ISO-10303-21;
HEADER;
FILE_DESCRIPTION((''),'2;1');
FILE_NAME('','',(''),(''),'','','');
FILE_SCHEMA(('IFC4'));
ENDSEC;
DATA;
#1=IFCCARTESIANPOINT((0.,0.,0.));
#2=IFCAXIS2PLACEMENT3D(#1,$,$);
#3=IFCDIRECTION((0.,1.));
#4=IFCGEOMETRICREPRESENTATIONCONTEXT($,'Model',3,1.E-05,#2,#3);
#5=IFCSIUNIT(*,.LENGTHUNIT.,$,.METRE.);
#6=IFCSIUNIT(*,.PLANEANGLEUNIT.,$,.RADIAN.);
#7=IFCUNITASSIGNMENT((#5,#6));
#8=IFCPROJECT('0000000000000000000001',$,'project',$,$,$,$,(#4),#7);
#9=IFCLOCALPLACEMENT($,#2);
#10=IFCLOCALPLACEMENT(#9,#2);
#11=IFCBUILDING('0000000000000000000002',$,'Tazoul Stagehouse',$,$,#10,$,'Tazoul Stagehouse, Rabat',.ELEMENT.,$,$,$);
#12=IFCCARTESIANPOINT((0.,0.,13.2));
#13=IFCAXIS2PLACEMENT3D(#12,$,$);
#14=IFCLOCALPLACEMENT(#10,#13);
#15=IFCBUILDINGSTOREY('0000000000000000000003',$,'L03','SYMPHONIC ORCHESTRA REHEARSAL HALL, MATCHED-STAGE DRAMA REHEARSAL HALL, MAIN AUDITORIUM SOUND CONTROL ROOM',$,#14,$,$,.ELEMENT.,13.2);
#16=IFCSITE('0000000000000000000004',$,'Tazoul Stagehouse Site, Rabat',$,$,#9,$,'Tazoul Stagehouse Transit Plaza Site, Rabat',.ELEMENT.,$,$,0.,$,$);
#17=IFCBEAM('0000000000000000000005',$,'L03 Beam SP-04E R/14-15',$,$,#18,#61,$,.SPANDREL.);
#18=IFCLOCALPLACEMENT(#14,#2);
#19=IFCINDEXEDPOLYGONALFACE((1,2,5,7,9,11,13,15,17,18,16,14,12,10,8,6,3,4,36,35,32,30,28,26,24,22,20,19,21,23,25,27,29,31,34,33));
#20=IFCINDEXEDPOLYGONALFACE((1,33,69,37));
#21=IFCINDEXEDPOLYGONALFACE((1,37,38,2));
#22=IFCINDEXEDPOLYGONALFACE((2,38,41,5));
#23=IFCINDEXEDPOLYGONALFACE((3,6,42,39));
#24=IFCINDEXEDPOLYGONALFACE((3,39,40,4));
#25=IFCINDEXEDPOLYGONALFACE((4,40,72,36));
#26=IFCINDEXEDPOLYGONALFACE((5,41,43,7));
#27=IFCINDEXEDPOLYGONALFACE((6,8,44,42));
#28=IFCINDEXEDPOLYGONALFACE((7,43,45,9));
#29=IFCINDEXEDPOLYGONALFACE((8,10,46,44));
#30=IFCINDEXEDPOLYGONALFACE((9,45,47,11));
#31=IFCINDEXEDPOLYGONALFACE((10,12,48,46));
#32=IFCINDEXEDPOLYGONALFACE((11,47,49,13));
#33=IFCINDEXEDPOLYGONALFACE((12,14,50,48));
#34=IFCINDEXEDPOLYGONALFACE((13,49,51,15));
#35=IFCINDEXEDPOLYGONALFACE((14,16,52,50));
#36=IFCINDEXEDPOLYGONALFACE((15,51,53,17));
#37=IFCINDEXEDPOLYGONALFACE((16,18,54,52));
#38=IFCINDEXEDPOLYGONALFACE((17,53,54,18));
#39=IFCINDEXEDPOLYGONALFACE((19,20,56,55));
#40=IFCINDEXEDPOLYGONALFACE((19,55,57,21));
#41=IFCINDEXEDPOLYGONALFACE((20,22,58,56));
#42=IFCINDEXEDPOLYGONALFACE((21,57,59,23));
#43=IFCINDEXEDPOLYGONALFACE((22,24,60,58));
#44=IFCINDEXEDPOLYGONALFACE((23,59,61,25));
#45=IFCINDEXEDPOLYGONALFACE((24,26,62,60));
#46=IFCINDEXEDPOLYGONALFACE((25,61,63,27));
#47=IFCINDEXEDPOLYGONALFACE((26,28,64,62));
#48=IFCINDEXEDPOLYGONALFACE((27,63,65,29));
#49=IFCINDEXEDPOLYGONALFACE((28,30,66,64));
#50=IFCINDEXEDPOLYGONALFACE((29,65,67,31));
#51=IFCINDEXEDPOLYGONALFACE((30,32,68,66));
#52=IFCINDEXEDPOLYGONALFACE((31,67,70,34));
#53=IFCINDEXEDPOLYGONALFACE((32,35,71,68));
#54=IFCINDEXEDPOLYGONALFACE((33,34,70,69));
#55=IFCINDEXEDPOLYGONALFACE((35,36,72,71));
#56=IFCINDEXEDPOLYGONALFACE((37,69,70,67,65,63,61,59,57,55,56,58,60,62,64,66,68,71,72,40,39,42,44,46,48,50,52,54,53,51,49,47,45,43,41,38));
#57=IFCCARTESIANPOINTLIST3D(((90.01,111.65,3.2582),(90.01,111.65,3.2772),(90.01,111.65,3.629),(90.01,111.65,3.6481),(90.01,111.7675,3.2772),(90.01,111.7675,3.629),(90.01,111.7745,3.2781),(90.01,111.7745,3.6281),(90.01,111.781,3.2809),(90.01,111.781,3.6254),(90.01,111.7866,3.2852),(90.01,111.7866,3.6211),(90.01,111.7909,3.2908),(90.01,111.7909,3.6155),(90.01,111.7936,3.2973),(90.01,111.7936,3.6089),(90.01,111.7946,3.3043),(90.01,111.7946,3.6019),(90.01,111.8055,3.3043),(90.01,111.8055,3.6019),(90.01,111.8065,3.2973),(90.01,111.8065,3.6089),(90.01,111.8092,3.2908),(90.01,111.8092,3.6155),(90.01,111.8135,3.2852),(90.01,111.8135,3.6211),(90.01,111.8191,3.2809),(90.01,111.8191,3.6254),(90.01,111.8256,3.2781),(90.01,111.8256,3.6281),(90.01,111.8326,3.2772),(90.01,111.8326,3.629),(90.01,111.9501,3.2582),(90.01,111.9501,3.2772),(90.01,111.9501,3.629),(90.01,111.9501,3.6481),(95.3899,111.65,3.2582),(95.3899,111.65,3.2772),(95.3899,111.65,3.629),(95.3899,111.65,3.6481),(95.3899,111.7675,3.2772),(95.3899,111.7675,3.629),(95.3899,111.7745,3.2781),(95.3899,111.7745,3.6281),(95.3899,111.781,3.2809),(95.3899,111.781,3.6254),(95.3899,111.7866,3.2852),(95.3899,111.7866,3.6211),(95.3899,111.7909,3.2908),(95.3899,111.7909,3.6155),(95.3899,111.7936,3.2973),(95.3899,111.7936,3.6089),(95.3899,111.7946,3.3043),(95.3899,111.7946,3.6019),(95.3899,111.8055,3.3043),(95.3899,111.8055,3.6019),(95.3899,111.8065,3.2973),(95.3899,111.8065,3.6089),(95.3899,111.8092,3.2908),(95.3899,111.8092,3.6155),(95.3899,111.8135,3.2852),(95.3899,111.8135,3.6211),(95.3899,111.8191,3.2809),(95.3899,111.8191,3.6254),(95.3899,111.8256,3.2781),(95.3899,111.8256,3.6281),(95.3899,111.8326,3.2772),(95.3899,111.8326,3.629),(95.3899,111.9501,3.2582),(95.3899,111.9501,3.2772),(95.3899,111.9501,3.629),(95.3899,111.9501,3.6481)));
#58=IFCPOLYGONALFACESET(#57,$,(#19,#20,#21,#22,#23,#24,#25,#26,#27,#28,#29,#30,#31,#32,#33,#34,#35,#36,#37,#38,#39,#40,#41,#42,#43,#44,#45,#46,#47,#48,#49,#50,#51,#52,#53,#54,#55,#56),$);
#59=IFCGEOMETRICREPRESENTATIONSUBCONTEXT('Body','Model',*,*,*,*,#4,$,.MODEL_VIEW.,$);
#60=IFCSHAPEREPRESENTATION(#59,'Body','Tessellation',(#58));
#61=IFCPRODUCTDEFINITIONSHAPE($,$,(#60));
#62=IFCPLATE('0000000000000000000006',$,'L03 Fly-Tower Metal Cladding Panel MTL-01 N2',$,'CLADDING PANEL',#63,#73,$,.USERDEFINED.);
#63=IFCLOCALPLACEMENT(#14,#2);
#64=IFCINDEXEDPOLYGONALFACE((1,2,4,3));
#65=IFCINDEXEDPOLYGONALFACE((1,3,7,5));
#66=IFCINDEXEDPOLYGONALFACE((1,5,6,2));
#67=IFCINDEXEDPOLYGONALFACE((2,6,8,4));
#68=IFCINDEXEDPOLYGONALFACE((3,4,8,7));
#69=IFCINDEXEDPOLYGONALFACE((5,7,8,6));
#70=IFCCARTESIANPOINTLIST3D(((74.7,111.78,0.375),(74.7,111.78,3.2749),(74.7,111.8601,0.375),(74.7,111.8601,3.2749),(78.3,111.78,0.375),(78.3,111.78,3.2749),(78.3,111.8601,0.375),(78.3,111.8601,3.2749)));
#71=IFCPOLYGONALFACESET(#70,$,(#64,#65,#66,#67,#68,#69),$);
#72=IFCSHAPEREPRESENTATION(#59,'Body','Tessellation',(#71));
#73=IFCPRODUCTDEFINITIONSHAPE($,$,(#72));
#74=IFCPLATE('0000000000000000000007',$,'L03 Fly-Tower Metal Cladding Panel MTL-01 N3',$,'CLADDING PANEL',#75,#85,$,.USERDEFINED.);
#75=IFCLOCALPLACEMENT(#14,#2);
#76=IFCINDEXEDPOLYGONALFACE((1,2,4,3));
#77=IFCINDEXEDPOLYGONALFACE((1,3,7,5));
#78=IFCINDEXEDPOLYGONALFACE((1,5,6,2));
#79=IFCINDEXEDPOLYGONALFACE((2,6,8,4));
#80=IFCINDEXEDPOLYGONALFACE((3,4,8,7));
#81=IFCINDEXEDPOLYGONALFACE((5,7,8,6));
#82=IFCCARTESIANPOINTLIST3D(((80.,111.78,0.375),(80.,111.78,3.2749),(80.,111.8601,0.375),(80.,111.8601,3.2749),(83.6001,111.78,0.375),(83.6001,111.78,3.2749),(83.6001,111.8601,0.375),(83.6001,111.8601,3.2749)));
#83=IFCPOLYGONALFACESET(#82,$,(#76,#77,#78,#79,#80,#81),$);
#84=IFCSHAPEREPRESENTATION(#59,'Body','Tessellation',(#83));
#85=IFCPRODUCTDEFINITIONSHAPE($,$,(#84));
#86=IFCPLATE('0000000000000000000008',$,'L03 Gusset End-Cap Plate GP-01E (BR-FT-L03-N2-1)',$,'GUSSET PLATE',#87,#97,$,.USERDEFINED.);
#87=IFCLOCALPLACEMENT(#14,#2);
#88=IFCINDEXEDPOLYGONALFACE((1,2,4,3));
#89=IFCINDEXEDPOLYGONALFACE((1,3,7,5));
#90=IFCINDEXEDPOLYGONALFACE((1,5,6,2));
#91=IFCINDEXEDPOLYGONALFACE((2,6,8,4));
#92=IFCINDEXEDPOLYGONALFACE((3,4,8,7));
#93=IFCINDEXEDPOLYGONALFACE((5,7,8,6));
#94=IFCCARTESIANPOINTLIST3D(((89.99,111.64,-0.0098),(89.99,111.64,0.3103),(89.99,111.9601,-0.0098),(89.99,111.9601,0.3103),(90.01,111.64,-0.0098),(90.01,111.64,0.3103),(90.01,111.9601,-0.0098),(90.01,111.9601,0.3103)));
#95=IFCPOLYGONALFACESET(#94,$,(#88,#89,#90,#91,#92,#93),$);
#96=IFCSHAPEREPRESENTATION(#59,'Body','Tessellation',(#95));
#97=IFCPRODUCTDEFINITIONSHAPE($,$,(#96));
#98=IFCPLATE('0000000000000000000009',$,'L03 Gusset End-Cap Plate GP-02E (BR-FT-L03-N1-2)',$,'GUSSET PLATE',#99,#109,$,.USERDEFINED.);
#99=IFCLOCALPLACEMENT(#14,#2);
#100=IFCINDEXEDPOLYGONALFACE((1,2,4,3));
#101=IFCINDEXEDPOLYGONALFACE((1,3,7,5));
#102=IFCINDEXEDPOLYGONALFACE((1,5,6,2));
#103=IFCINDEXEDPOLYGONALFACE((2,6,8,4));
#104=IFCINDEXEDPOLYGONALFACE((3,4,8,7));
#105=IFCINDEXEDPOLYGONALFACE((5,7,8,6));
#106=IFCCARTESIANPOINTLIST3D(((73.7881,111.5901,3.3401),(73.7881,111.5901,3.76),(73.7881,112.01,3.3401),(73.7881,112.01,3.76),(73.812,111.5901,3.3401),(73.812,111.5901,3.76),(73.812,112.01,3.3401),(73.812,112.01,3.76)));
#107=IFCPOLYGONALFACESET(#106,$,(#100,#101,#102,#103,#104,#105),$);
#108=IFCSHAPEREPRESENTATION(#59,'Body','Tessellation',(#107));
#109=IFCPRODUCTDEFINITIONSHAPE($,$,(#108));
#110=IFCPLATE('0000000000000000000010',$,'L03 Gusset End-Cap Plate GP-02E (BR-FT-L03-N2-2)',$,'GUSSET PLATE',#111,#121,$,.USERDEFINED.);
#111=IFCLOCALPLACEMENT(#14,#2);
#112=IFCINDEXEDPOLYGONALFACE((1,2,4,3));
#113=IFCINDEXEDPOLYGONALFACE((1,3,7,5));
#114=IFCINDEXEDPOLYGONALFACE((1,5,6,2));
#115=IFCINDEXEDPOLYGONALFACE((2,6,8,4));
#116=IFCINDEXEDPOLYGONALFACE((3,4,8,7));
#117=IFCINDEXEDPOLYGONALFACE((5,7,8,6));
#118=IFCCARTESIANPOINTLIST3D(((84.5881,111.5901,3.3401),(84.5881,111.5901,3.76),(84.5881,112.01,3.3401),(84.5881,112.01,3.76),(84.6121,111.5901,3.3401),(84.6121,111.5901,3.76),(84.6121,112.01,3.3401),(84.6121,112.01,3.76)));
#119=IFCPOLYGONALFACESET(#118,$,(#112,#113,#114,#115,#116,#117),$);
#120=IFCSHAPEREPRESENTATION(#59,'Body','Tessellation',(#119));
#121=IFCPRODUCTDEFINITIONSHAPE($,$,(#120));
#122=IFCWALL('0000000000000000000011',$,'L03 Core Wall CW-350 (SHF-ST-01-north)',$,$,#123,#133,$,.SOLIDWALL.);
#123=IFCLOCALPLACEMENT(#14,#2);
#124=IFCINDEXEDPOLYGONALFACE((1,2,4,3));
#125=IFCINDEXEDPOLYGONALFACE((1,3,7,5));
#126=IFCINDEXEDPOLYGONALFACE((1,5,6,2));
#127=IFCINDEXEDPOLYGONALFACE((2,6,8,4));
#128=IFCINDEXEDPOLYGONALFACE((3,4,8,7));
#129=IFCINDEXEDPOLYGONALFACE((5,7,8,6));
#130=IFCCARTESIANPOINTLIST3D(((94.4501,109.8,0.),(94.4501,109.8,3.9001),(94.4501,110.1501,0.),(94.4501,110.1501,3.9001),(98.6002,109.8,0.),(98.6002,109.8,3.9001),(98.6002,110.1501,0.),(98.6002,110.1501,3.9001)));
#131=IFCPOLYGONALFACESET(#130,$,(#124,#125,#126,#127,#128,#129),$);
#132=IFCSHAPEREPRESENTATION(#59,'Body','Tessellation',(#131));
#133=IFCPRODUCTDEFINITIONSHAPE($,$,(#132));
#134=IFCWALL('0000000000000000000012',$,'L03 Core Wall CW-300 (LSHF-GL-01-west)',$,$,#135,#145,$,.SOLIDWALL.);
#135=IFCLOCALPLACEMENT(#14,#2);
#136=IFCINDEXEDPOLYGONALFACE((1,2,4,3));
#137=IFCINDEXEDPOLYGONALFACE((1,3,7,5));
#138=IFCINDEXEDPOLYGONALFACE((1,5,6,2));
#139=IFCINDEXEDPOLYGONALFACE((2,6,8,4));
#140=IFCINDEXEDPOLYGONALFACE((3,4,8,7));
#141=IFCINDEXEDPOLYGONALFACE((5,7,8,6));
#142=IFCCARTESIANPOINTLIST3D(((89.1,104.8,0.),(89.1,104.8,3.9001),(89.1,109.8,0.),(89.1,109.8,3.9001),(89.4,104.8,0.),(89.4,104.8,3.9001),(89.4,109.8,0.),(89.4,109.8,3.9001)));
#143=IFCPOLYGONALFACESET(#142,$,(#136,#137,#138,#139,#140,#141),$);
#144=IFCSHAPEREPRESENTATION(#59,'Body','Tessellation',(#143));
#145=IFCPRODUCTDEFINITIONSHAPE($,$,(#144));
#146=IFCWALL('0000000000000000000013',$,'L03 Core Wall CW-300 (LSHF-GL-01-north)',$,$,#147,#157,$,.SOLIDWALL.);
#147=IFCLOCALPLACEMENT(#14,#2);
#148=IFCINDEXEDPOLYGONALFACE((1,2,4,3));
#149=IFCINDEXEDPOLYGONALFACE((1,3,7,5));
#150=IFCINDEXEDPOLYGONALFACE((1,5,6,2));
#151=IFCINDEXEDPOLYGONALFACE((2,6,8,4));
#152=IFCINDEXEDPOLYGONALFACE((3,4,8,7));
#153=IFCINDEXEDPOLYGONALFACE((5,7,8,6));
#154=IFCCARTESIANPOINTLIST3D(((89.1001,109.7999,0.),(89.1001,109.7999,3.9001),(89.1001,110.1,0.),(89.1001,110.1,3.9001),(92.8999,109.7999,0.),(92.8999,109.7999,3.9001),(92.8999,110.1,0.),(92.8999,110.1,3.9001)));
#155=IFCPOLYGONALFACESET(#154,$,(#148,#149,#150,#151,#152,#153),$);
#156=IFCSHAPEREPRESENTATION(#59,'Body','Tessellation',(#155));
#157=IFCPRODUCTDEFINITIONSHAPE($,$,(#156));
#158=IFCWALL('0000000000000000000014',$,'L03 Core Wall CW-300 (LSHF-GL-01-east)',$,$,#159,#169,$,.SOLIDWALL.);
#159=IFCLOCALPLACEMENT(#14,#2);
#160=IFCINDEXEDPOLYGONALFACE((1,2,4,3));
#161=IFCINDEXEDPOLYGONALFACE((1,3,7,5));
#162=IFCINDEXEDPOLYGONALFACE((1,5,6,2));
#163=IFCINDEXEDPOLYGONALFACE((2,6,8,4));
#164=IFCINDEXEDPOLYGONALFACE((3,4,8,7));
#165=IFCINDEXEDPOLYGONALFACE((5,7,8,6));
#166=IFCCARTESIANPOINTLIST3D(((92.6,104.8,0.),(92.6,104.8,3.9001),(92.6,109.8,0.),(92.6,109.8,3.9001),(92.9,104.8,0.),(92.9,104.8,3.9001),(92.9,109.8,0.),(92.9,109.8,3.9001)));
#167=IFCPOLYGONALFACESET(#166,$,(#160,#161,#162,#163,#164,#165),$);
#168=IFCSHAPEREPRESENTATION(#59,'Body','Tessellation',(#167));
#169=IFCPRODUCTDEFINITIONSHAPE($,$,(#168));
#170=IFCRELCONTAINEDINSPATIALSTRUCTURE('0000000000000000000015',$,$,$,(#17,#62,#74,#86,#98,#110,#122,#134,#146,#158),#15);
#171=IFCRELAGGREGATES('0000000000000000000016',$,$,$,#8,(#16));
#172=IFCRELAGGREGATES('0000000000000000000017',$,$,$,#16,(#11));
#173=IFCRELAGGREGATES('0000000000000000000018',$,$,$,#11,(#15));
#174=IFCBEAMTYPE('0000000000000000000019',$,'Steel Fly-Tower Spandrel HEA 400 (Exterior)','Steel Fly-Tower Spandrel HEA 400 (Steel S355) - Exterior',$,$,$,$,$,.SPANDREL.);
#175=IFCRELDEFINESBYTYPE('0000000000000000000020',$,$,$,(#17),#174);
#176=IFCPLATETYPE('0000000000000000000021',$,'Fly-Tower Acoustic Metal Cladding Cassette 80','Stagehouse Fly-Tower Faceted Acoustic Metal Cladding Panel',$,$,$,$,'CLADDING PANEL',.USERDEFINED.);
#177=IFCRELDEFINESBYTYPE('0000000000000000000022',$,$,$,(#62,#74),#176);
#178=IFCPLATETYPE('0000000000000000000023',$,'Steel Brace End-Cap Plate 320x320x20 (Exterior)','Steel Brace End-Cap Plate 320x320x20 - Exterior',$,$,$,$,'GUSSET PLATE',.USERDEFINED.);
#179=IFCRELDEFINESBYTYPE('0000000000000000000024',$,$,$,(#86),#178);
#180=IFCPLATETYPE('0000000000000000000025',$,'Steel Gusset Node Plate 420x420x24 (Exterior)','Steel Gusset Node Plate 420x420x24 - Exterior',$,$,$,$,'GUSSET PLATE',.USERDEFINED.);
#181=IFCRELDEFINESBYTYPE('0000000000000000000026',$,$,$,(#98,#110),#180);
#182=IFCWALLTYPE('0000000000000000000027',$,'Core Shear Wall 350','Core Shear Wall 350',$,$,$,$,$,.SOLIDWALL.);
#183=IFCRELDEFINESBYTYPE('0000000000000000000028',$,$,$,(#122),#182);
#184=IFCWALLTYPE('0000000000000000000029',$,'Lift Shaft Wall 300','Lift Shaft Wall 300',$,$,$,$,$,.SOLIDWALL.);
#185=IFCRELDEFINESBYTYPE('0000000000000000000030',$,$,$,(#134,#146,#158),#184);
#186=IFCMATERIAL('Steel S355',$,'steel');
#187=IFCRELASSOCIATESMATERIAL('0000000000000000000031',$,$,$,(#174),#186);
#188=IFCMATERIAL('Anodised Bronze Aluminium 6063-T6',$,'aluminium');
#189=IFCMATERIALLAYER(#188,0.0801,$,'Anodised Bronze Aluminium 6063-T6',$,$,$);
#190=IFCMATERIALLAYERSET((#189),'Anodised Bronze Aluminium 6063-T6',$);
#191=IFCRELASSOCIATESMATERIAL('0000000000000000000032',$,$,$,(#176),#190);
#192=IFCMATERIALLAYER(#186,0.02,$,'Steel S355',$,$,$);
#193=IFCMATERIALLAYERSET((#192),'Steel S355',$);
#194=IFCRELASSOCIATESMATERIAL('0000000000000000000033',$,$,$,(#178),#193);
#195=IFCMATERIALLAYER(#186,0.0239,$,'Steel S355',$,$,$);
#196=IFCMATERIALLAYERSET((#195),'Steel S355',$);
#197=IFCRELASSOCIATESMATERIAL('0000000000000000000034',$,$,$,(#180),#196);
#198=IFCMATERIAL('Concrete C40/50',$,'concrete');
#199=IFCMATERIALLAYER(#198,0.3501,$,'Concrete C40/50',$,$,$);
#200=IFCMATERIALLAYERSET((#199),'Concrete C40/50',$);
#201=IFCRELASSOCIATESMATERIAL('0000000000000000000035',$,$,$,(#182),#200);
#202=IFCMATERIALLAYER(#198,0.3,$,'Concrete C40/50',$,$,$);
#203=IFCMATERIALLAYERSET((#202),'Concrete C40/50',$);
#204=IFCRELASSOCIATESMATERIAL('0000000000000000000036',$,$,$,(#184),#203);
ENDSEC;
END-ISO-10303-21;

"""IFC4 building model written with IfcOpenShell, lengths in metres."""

from ifc_helpers import new_model, si_unit, direction, frame, frame_2d, origin, origin_2d, place, context, subcontext, project, spatial, rectangle, i_section, extrude, material, layer, layer_set, material_profile, profile_set, type_object, element, save


model = new_model("IFC4")

# Units and contexts
model_context = context("Model", 3, precision=1e-05, world=origin(), true_north=direction((0.0, 1.0)))
body_context = subcontext(model_context, "Body", "Model", "MODEL_VIEW")
ifc_project = project(units=[si_unit("LENGTHUNIT", "METRE"), si_unit("PLANEANGLEUNIT", "RADIAN")], contexts=[model_context])

# Site, building, storey
site_placement = place(None, origin())
site = spatial("IfcSite", under=ifc_project, at=site_placement, Name="Tazoul Stagehouse Site, Rabat", LongName="Tazoul Stagehouse Transit Plaza Site, Rabat", CompositionType="ELEMENT", RefElevation=0.0)
building_placement = place(site_placement, origin())
building = spatial("IfcBuilding", under=site, at=building_placement, Name="Tazoul Stagehouse", LongName="Tazoul Stagehouse, Rabat", CompositionType="ELEMENT")
storey_placement = place(building_placement, frame((0.0, 0.0, 13.2)))
storey = spatial("IfcBuildingStorey", under=building, at=storey_placement, Name="L03", Description="SYMPHONIC ORCHESTRA REHEARSAL HALL, MATCHED-STAGE DRAMA REHEARSAL HALL, MAIN AUDITORIUM SOUND CONTROL ROOM", CompositionType="ELEMENT", Elevation=13.2)

# Shared definitions
ifc_material_1 = material(Name="Steel S355", Category="steel")

# Beam
ifc_material_2 = material(Name="Concrete C40/50", Category="concrete")
ifc_material_profile_1 = material_profile(ifc_material_1, i_section(OverallWidth=0.3, OverallDepth=0.3899, WebThickness=0.011, FlangeThickness=0.019, FilletRadius=0.0271, at=origin_2d()), Name="HEA 400")
ifc_profile_set_1 = profile_set([ifc_material_profile_1], Name="Steel S355")
beam_type_1 = type_object("IfcBeamType", Name="Steel Fly-Tower Spandrel HEA 400 (Exterior)", Description="Steel Fly-Tower Spandrel HEA 400 (Steel S355) - Exterior", PredefinedType="SPANDREL", material=ifc_profile_set_1)
for number, where, z_axis, x_axis, name in (
    (1, (90.01, 111.8, 3.4531), (1.0, 0.0, 0.0), (0.0, 1.0, 0.0), "L03 Beam SP-04E R/14-15"),
):
    element("IfcBeam", number, at=place(storey_placement, frame(where, z_axis=z_axis, x_axis=x_axis)), inside=storey, type_object=beam_type_1, Name=name, PredefinedType="SPANDREL", context=body_context, shape_type="SweptSolid", body=[
        extrude(i_section(OverallWidth=0.3, OverallDepth=0.3899, WebThickness=0.011, FlangeThickness=0.019, FilletRadius=0.0271, at=origin_2d()), origin(), (0.0, 0.0, 1.0), 5.3799),
    ])

# Plates
ifc_material_3 = material(Name="Anodised Bronze Aluminium 6063-T6", Category="aluminium")
ifc_layer_1 = layer(ifc_material_3, 0.0801, Name="Anodised Bronze Aluminium 6063-T6")
ifc_layer_set_1 = layer_set([ifc_layer_1], Name="Anodised Bronze Aluminium 6063-T6")
plate_type_1 = type_object("IfcPlateType", Name="Fly-Tower Acoustic Metal Cladding Cassette 80", Description="Stagehouse Fly-Tower Faceted Acoustic Metal Cladding Panel", ElementType="CLADDING PANEL", PredefinedType="USERDEFINED", material=ifc_layer_set_1)
for number, where, z_axis, x_axis, name in (
    (2, (76.5, 111.8201, 0.375), (0.0, 0.0, 1.0), (1.0, 0.0, 0.0), "L03 Fly-Tower Metal Cladding Panel MTL-01 N2"),
    (3, (81.8, 111.8201, 0.375), (0.0, 0.0, 1.0), (1.0, 0.0, 0.0), "L03 Fly-Tower Metal Cladding Panel MTL-01 N3"),
):
    element("IfcPlate", number, at=place(storey_placement, frame(where, z_axis=z_axis, x_axis=x_axis)), inside=storey, type_object=plate_type_1, Name=name, ObjectType="CLADDING PANEL", PredefinedType="USERDEFINED", context=body_context, shape_type="SweptSolid", body=[
        extrude(rectangle(XDim=3.6001, YDim=0.0801, at=origin_2d()), origin(), (0.0, 0.0, 1.0), 2.8999),
    ])
ifc_layer_2 = layer(ifc_material_1, 0.02, Name="Steel S355")
ifc_layer_set_2 = layer_set([ifc_layer_2], Name="Steel S355")
plate_type_2 = type_object("IfcPlateType", Name="Steel Brace End-Cap Plate 320x320x20 (Exterior)", Description="Steel Brace End-Cap Plate 320x320x20 - Exterior", ElementType="GUSSET PLATE", PredefinedType="USERDEFINED", material=ifc_layer_set_2)
plate_placement = place(storey_placement, frame((90.0, 111.8, -0.0098), z_axis=(0.0, 0.0, 1.0), x_axis=(-1.0, 0.0, 0.0)))
element("IfcPlate", 4, at=plate_placement, inside=storey, type_object=plate_type_2, Name="L03 Gusset End-Cap Plate GP-01E (BR-FT-L03-N2-1)", ObjectType="GUSSET PLATE", PredefinedType="USERDEFINED", context=body_context, shape_type="SweptSolid", body=[
    extrude(rectangle(XDim=0.02, YDim=0.3201, at=origin_2d()), origin(), (0.0, 0.0, 1.0), 0.3201),
])
ifc_layer_3 = layer(ifc_material_1, 0.0239, Name="Steel S355")
ifc_layer_set_3 = layer_set([ifc_layer_3], Name="Steel S355")
plate_type_3 = type_object("IfcPlateType", Name="Steel Gusset Node Plate 420x420x24 (Exterior)", Description="Steel Gusset Node Plate 420x420x24 - Exterior", ElementType="GUSSET PLATE", PredefinedType="USERDEFINED", material=ifc_layer_set_3)
for number, where, z_axis, x_axis, name in (
    (5, (73.8, 111.8, 3.3401), (0.0, 0.0, 1.0), (1.0, 0.0, 0.0), "L03 Gusset End-Cap Plate GP-02E (BR-FT-L03-N1-2)"),
    (6, (84.6001, 111.8, 3.3401), (0.0, 0.0, 1.0), (-1.0, 0.0, 0.0), "L03 Gusset End-Cap Plate GP-02E (BR-FT-L03-N2-2)"),
):
    element("IfcPlate", number, at=place(storey_placement, frame(where, z_axis=z_axis, x_axis=x_axis)), inside=storey, type_object=plate_type_3, Name=name, ObjectType="GUSSET PLATE", PredefinedType="USERDEFINED", context=body_context, shape_type="SweptSolid", body=[
        extrude(rectangle(XDim=0.0239, YDim=0.4199, at=origin_2d()), origin(), (0.0, 0.0, 1.0), 0.4199),
    ])

# Wall
ifc_layer_4 = layer(ifc_material_2, 0.3501, Name="Concrete C40/50")
ifc_layer_set_4 = layer_set([ifc_layer_4], Name="Concrete C40/50")
wall_type_1 = type_object("IfcWallType", Name="Core Shear Wall 350", Description="Core Shear Wall 350", PredefinedType="SOLIDWALL", material=ifc_layer_set_4)
wall_1_placement = place(storey_placement, frame((94.45, 109.9751, 0.0), z_axis=(0.0, 0.0, 1.0), x_axis=(1.0, 0.0, 0.0)))
element("IfcWall", 7, at=wall_1_placement, inside=storey, type_object=wall_type_1, Name="L03 Core Wall CW-350 (SHF-ST-01-north)", PredefinedType="SOLIDWALL", context=body_context, shape_type="SweptSolid", body=[
    extrude(rectangle(XDim=4.1501, YDim=0.3501, at=frame_2d((2.0752, 0.0))), origin(), (0.0, 0.0, 1.0), 3.9001),
])

# Shared definitions
ifc_layer_5 = layer(ifc_material_2, 0.3, Name="Concrete C40/50")
ifc_layer_set_5 = layer_set([ifc_layer_5], Name="Concrete C40/50")
wall_type_2 = type_object("IfcWallType", Name="Lift Shaft Wall 300", Description="Lift Shaft Wall 300", PredefinedType="SOLIDWALL", material=ifc_layer_set_5)

# Walls
wall_2_placement = place(storey_placement, frame((89.25, 104.8, 0.0), z_axis=(0.0, 0.0, 1.0), x_axis=(0.0, 1.0, 0.0)))
element("IfcWall", 8, at=wall_2_placement, inside=storey, type_object=wall_type_2, Name="L03 Core Wall CW-300 (LSHF-GL-01-west)", PredefinedType="SOLIDWALL", context=body_context, shape_type="SweptSolid", body=[
    extrude(rectangle(XDim=5.0, YDim=0.3, at=frame_2d((2.5, 0.0))), origin(), (0.0, 0.0, 1.0), 3.9001),
])
wall_3_placement = place(storey_placement, frame((89.1001, 109.95, 0.0), z_axis=(0.0, 0.0, 1.0), x_axis=(1.0, 0.0, 0.0)))
element("IfcWall", 9, at=wall_3_placement, inside=storey, type_object=wall_type_2, Name="L03 Core Wall CW-300 (LSHF-GL-01-north)", PredefinedType="SOLIDWALL", context=body_context, shape_type="SweptSolid", body=[
    extrude(rectangle(XDim=3.7998, YDim=0.3, at=frame_2d((1.8999, 0.0))), origin(), (0.0, 0.0, 1.0), 3.9001),
])
wall_4_placement = place(storey_placement, frame((92.75, 109.8, 0.0), z_axis=(0.0, 0.0, 1.0), x_axis=(0.0, -1.0, 0.0)))
element("IfcWall", 10, at=wall_4_placement, inside=storey, type_object=wall_type_2, Name="L03 Core Wall CW-300 (LSHF-GL-01-east)", PredefinedType="SOLIDWALL", context=body_context, shape_type="SweptSolid", body=[
    extrude(rectangle(XDim=5.0, YDim=0.3, at=frame_2d((2.5, 0.0))), origin(), (0.0, 0.0, 1.0), 3.9001),
])

save(model, "model.ifc")
